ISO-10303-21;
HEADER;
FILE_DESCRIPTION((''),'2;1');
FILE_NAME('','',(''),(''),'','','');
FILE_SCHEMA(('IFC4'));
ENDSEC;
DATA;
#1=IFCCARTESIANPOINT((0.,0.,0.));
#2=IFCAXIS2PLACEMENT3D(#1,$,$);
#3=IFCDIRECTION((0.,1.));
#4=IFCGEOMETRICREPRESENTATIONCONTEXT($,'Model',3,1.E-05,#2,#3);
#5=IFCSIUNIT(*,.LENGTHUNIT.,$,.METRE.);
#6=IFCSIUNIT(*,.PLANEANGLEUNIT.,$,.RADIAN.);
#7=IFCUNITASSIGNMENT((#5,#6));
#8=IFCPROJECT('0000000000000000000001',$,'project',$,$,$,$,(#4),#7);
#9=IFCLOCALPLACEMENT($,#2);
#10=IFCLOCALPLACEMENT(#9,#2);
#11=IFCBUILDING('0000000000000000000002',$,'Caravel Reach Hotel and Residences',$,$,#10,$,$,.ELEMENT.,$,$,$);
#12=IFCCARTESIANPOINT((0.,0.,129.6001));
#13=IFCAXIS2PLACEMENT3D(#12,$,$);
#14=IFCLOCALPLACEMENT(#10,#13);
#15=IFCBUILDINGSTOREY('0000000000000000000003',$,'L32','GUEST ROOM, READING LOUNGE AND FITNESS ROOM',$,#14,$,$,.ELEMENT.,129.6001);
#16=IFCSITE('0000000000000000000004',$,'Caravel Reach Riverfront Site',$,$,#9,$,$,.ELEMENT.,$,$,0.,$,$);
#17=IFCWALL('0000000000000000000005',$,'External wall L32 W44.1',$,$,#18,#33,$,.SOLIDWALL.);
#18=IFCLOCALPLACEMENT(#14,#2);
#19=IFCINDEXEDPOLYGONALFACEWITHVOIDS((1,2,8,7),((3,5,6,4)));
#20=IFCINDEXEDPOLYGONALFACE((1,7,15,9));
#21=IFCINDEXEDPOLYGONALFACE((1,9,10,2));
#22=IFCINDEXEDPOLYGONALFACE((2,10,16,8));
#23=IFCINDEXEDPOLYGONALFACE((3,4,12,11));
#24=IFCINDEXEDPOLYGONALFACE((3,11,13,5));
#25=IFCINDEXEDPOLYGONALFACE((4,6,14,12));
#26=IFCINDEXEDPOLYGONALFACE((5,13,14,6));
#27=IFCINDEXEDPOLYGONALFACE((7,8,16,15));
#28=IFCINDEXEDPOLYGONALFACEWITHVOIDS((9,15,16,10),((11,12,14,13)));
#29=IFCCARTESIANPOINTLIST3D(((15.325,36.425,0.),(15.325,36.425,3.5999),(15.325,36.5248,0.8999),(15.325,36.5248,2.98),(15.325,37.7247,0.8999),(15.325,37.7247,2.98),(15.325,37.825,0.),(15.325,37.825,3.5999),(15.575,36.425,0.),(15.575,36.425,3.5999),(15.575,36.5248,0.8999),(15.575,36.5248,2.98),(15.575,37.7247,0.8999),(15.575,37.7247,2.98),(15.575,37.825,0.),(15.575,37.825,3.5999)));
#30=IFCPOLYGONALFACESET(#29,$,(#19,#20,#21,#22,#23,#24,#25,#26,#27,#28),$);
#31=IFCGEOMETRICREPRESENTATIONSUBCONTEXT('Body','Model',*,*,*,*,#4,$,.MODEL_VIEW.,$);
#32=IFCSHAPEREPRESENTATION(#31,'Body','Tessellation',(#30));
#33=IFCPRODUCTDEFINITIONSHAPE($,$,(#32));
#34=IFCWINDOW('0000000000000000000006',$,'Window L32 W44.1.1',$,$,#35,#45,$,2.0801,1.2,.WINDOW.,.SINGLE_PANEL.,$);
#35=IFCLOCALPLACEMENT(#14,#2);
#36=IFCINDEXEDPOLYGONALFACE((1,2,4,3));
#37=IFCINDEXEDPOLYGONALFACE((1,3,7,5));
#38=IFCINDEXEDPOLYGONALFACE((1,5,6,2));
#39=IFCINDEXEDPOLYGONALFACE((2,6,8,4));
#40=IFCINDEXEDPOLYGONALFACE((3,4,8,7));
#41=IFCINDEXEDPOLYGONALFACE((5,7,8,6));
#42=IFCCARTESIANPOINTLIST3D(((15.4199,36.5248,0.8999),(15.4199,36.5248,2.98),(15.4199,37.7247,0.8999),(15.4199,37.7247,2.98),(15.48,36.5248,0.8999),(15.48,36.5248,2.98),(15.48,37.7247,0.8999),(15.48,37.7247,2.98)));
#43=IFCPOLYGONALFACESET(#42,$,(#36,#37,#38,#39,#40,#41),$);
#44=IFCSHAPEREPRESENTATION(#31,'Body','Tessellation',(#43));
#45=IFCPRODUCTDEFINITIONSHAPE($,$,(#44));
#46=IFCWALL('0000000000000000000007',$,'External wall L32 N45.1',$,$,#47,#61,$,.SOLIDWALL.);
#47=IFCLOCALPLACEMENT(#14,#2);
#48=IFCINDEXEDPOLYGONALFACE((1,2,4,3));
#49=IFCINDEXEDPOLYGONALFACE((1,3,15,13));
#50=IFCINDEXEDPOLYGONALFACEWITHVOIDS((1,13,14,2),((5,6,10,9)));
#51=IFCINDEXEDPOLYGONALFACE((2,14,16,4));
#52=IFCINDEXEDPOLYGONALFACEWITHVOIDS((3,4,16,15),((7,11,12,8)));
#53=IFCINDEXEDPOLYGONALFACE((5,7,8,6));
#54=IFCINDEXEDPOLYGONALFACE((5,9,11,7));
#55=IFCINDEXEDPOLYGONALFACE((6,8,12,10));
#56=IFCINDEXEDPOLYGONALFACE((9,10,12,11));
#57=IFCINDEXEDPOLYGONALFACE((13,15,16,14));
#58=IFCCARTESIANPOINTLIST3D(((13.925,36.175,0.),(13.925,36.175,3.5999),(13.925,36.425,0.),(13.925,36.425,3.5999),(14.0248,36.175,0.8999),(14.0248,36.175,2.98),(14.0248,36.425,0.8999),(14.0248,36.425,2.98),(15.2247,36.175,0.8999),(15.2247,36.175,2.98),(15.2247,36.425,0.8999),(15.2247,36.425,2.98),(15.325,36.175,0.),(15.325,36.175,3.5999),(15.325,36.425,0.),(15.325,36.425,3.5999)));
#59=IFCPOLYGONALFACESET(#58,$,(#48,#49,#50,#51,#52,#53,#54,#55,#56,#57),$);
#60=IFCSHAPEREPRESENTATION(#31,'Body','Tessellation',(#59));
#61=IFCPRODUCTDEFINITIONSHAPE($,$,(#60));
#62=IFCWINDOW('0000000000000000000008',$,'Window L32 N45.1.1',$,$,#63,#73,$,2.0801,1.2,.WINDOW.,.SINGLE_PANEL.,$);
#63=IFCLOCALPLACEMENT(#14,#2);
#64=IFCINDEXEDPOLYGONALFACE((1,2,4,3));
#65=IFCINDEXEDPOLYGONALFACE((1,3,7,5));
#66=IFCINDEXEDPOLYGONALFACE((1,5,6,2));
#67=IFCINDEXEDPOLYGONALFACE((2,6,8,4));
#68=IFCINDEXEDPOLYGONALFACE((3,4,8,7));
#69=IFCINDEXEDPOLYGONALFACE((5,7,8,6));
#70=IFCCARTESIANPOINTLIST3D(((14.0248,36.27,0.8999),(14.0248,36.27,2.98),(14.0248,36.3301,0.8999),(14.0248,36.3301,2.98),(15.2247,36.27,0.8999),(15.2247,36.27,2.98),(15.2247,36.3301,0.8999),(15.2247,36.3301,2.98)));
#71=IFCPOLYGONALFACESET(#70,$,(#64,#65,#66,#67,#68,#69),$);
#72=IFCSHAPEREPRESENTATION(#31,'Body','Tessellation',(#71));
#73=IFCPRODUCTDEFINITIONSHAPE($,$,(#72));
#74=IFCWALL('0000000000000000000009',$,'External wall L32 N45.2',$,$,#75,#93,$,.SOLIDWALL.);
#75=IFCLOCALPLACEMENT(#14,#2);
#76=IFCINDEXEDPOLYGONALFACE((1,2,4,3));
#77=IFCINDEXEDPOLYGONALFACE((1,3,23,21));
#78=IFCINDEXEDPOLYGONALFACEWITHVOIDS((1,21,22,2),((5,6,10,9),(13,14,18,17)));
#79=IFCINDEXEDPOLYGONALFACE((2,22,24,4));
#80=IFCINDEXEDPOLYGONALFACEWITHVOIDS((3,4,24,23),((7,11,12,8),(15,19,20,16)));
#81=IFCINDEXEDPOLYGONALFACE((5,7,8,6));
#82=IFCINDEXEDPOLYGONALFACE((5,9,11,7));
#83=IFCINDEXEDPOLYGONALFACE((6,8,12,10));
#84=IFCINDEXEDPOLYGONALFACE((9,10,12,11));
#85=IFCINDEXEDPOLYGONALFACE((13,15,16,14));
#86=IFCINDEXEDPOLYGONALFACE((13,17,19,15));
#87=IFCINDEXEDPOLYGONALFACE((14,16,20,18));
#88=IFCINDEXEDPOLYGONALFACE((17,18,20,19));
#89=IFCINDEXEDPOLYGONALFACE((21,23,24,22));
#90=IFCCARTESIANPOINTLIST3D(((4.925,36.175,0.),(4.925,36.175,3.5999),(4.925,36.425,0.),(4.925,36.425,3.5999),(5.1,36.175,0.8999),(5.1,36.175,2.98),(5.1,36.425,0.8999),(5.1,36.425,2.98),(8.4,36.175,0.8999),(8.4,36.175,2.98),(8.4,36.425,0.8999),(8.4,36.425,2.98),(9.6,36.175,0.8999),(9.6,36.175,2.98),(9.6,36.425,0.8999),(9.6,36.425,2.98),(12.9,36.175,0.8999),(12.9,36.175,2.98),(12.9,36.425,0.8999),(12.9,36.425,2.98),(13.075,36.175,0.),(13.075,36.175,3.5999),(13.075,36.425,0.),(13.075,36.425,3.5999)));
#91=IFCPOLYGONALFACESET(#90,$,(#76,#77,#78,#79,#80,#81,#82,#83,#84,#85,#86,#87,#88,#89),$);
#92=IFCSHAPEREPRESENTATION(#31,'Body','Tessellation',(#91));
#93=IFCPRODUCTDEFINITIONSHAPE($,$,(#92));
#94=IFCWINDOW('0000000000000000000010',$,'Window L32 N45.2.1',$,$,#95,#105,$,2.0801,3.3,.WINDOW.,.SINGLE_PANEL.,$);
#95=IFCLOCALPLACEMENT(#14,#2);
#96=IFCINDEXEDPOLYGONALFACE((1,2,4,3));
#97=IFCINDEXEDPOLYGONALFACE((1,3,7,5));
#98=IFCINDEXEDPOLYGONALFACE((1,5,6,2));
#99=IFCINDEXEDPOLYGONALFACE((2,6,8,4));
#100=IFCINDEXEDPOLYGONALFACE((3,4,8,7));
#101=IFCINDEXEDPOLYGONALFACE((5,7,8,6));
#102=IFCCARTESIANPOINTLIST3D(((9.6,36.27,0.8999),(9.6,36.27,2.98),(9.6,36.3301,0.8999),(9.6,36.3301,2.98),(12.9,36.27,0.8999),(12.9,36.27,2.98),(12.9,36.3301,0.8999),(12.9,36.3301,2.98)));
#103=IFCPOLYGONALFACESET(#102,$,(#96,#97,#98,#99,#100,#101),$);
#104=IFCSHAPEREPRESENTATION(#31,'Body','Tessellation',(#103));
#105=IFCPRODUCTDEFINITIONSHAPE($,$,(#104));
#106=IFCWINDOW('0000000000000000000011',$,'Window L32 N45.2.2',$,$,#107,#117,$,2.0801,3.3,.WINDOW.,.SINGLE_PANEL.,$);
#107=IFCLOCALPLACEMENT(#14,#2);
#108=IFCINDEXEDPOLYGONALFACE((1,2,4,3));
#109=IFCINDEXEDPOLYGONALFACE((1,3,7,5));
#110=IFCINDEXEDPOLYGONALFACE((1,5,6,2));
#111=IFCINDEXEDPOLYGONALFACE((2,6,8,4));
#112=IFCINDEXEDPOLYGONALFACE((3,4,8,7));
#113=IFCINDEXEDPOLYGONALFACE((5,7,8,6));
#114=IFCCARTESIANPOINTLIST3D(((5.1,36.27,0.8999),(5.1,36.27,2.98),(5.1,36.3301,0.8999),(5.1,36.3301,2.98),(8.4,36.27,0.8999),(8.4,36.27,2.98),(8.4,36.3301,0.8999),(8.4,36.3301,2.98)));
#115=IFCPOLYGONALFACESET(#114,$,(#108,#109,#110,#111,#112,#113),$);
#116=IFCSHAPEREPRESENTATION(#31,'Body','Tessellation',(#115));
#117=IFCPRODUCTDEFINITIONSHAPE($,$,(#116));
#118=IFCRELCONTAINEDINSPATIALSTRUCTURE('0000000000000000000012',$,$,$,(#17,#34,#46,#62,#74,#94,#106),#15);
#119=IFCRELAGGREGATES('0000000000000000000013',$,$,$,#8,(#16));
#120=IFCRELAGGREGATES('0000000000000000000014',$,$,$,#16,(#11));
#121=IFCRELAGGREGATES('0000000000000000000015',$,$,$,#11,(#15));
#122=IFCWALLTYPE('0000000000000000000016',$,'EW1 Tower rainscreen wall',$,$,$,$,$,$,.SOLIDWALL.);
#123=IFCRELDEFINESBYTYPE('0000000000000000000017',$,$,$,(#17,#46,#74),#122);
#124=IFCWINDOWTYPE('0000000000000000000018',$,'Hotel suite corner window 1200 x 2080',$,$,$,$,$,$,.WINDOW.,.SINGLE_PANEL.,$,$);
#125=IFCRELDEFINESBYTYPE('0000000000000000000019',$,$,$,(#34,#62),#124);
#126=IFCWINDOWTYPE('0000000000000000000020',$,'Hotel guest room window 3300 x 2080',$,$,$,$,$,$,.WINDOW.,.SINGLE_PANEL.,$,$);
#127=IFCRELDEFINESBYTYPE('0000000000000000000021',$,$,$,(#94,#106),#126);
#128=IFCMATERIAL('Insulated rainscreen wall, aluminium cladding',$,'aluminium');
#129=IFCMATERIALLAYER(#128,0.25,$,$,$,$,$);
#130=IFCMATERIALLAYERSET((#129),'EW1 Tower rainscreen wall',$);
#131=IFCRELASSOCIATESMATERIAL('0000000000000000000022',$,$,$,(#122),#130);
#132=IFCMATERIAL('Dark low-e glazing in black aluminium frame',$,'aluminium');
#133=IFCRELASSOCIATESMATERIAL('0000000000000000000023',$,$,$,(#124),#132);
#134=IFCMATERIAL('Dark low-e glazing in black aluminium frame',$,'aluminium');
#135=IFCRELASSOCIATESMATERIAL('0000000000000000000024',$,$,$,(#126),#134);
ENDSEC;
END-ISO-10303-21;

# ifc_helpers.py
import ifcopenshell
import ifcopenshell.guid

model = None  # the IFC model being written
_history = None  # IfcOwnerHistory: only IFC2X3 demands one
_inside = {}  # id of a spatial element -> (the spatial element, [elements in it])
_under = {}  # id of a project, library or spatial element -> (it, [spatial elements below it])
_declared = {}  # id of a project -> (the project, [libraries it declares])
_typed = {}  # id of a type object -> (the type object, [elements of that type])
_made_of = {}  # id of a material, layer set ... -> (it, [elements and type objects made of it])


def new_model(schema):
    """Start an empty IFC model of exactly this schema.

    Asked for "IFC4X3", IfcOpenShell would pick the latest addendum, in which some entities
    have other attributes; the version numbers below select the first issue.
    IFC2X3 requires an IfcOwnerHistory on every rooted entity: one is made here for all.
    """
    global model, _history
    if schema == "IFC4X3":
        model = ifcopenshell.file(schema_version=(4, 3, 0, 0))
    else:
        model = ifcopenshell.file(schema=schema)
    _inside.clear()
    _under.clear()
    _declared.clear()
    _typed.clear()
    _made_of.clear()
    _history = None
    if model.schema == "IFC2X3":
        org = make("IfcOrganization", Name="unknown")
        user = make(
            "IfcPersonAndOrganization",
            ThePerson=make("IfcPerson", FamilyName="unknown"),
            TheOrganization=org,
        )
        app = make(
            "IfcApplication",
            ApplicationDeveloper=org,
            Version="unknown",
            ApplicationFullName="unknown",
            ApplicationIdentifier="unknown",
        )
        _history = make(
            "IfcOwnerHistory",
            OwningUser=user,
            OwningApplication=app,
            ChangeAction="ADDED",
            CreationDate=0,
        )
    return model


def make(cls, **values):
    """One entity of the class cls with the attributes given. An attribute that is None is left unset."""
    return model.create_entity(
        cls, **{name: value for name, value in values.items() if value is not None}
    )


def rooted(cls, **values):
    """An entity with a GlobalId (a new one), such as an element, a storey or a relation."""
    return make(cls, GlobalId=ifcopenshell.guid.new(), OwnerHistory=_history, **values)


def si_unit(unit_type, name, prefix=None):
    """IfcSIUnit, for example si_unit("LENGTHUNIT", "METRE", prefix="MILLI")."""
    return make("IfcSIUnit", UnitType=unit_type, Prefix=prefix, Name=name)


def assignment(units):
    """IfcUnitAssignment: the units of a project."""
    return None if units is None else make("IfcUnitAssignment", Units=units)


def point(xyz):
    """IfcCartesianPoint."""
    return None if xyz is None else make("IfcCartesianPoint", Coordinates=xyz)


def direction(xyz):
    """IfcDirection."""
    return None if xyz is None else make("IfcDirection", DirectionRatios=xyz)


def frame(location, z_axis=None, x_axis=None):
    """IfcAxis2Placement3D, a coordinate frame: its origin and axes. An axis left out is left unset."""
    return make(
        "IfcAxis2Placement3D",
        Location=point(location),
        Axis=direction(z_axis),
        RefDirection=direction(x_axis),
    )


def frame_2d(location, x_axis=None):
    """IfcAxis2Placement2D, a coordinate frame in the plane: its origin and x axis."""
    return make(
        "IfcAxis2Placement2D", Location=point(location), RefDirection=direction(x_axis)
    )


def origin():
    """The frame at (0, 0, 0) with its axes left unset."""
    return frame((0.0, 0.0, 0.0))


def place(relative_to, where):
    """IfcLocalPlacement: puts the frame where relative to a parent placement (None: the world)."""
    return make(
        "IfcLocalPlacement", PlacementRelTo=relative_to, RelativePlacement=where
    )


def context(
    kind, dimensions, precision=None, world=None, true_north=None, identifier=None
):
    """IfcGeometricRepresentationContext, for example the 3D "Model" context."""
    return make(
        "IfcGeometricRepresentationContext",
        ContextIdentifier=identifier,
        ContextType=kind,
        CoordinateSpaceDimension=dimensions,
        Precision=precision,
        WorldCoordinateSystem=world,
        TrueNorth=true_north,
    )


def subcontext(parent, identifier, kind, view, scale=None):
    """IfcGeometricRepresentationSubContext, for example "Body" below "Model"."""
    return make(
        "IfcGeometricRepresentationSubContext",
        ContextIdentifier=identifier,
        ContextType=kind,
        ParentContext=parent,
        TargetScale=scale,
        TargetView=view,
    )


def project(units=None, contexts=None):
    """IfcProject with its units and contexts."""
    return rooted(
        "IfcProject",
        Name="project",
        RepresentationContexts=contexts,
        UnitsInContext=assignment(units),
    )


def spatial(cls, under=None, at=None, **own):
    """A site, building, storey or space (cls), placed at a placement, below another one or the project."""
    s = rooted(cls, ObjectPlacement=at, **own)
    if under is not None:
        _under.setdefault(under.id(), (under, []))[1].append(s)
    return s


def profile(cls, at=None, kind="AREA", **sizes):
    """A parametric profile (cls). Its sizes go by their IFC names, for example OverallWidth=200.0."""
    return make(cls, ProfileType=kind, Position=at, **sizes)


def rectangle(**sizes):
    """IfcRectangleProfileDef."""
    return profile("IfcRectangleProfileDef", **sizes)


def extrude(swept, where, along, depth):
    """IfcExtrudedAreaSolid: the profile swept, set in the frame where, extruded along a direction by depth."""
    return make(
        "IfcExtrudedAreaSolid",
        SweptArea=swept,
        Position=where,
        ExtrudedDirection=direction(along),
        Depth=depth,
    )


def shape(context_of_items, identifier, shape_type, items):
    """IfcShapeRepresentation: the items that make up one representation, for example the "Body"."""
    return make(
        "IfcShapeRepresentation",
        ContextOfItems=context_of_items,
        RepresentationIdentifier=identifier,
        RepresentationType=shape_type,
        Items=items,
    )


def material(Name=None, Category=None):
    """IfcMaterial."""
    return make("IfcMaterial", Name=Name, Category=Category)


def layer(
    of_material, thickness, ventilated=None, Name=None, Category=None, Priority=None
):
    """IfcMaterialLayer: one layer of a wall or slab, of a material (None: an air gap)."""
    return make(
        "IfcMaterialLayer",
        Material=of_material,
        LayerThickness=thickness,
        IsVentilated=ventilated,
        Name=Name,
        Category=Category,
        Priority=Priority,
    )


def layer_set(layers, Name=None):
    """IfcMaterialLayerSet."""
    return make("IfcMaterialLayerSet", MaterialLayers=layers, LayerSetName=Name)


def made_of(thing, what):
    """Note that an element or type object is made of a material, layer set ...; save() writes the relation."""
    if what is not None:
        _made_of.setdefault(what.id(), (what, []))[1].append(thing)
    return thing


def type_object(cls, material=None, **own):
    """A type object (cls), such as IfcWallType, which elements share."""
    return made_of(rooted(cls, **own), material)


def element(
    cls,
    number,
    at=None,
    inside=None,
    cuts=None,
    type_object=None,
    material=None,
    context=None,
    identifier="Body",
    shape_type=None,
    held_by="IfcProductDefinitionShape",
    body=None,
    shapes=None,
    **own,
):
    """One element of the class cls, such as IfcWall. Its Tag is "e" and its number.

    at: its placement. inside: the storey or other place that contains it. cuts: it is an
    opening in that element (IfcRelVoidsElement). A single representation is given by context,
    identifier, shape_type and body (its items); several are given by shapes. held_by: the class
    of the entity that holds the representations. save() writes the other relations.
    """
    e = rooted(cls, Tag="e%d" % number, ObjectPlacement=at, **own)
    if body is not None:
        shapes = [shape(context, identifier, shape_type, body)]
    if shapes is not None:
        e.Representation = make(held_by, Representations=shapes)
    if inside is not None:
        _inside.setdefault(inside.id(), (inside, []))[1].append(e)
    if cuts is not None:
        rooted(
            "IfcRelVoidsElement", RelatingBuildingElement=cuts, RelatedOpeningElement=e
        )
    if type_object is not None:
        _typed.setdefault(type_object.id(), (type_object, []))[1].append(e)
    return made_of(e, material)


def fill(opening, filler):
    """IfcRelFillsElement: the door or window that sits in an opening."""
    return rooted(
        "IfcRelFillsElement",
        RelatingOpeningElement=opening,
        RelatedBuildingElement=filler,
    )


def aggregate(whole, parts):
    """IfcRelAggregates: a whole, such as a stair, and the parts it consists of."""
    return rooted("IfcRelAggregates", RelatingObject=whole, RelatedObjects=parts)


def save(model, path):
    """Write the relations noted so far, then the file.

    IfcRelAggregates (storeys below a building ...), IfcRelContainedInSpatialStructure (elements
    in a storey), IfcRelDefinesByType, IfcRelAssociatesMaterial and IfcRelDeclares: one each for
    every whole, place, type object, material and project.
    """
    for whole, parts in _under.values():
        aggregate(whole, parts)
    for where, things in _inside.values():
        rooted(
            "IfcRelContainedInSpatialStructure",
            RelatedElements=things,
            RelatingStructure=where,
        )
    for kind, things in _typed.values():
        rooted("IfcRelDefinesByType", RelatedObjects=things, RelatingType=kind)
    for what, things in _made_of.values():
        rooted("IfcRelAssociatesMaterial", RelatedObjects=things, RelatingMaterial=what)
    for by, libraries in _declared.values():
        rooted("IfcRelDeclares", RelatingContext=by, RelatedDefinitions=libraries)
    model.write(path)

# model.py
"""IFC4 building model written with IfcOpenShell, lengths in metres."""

from ifc_helpers import new_model, si_unit, direction, frame, frame_2d, origin, place, context, subcontext, project, spatial, rectangle, extrude, material, layer, layer_set, type_object, element, fill, save


model = new_model("IFC4")

# Units and contexts
model_context = context("Model", 3, precision=1e-05, world=origin(), true_north=direction((0.0, 1.0)))
body_context = subcontext(model_context, "Body", "Model", "MODEL_VIEW")
ifc_project = project(units=[si_unit("LENGTHUNIT", "METRE"), si_unit("PLANEANGLEUNIT", "RADIAN")], contexts=[model_context])

# Site, building, storey
site_placement = place(None, origin())
site = spatial("IfcSite", under=ifc_project, at=site_placement, Name="Caravel Reach Riverfront Site", CompositionType="ELEMENT", RefElevation=0.0)
building_placement = place(site_placement, origin())
building = spatial("IfcBuilding", under=site, at=building_placement, Name="Caravel Reach Hotel and Residences", CompositionType="ELEMENT")
storey_placement = place(building_placement, frame((0.0, 0.0, 129.6001)))
storey = spatial("IfcBuildingStorey", under=building, at=storey_placement, Name="L32", Description="GUEST ROOM, READING LOUNGE AND FITNESS ROOM", CompositionType="ELEMENT", Elevation=129.6001)

# Walls, openings, windows
ifc_material_1 = material(Name="Insulated rainscreen wall, aluminium cladding", Category="aluminium")
ifc_layer = layer(ifc_material_1, 0.25)
ifc_layer_set = layer_set([ifc_layer], Name="EW1 Tower rainscreen wall")
wall_type = type_object("IfcWallType", Name="EW1 Tower rainscreen wall", PredefinedType="SOLIDWALL", material=ifc_layer_set)
ifc_material_2 = material(Name="Dark low-e glazing in black aluminium frame", Category="aluminium")
window_type_1 = type_object("IfcWindowType", Name="Hotel suite corner window 1200 x 2080", PartitioningType="SINGLE_PANEL", PredefinedType="WINDOW", material=ifc_material_2)
wall_1_placement = place(storey_placement, frame((15.45, 37.825, 0.0), z_axis=(0.0, 0.0, 1.0), x_axis=(0.0, -1.0, 0.0)))
wall_1 = element("IfcWall", 1, at=wall_1_placement, inside=storey, type_object=wall_type, Name="External wall L32 W44.1", PredefinedType="SOLIDWALL", context=body_context, shape_type="SweptSolid", body=[
    extrude(rectangle(XDim=1.3999, YDim=0.25, at=frame_2d((0.7, 0.0))), origin(), (0.0, 0.0, 1.0), 3.5999),
])
opening_1_placement = place(wall_1_placement, frame((0.1001, 0.0, 0.8999)))
opening_1 = element("IfcOpeningElement", 2, at=opening_1_placement, cuts=wall_1, PredefinedType="OPENING", context=body_context, shape_type="SweptSolid", body=[
    extrude(rectangle(XDim=1.2, YDim=2.0801, at=frame_2d((0.6001, 1.04))), frame((0.0, 0.135, 0.0), z_axis=(0.0, -1.0, 0.0), x_axis=(1.0, 0.0, 0.0)), (0.0, 0.0, 1.0), 0.27),
])
window_1_placement = place(opening_1_placement, origin())
window_1 = element("IfcWindow", 3, at=window_1_placement, inside=storey, type_object=window_type_1, Name="Window L32 W44.1.1", OverallHeight=2.0801, OverallWidth=1.2, PartitioningType="SINGLE_PANEL", PredefinedType="WINDOW", context=body_context, shape_type="SweptSolid", body=[
    extrude(rectangle(XDim=1.2, YDim=2.0801, at=frame_2d((0.6001, 1.04))), frame((0.0, 0.03, 0.0), z_axis=(0.0, -1.0, 0.0), x_axis=(1.0, 0.0, 0.0)), (0.0, 0.0, 1.0), 0.0601),
])
fill(opening_1, window_1)
wall_2_placement = place(storey_placement, frame((15.325, 36.3, 0.0), z_axis=(0.0, 0.0, 1.0), x_axis=(-1.0, 0.0, 0.0)))
wall_2 = element("IfcWall", 4, at=wall_2_placement, inside=storey, type_object=wall_type, Name="External wall L32 N45.1", PredefinedType="SOLIDWALL", context=body_context, shape_type="SweptSolid", body=[
    extrude(rectangle(XDim=1.3999, YDim=0.25, at=frame_2d((0.7, 0.0))), origin(), (0.0, 0.0, 1.0), 3.5999),
])
opening_2_placement = place(wall_2_placement, frame((0.1001, 0.0, 0.8999)))
opening_2 = element("IfcOpeningElement", 5, at=opening_2_placement, cuts=wall_2, PredefinedType="OPENING", context=body_context, shape_type="SweptSolid", body=[
    extrude(rectangle(XDim=1.2, YDim=2.0801, at=frame_2d((0.6001, 1.04))), frame((0.0, 0.135, 0.0), z_axis=(0.0, -1.0, 0.0), x_axis=(1.0, 0.0, 0.0)), (0.0, 0.0, 1.0), 0.27),
])
window_2_placement = place(opening_2_placement, origin())
window_2 = element("IfcWindow", 6, at=window_2_placement, inside=storey, type_object=window_type_1, Name="Window L32 N45.1.1", OverallHeight=2.0801, OverallWidth=1.2, PartitioningType="SINGLE_PANEL", PredefinedType="WINDOW", context=body_context, shape_type="SweptSolid", body=[
    extrude(rectangle(XDim=1.2, YDim=2.0801, at=frame_2d((0.6001, 1.04))), frame((0.0, 0.03, 0.0), z_axis=(0.0, -1.0, 0.0), x_axis=(1.0, 0.0, 0.0)), (0.0, 0.0, 1.0), 0.0601),
])
fill(opening_2, window_2)

# Wall, openings, windows
wall_3_placement = place(storey_placement, frame((13.075, 36.3, 0.0), z_axis=(0.0, 0.0, 1.0), x_axis=(-1.0, 0.0, 0.0)))
wall_3 = element("IfcWall", 7, at=wall_3_placement, inside=storey, type_object=wall_type, Name="External wall L32 N45.2", PredefinedType="SOLIDWALL", context=body_context, shape_type="SweptSolid", body=[
    extrude(rectangle(XDim=8.1499, YDim=0.25, at=frame_2d((4.075, 0.0))), origin(), (0.0, 0.0, 1.0), 3.5999),
])
opening_3_placement = place(wall_3_placement, frame((0.175, 0.0, 0.8999)))
opening_3 = element("IfcOpeningElement", 8, at=opening_3_placement, cuts=wall_3, PredefinedType="OPENING", context=body_context, shape_type="SweptSolid", body=[
    extrude(rectangle(XDim=3.3, YDim=2.0801, at=frame_2d((1.6499, 1.04))), frame((0.0, 0.135, 0.0), z_axis=(0.0, -1.0, 0.0), x_axis=(1.0, 0.0, 0.0)), (0.0, 0.0, 1.0), 0.27),
])
opening_4_placement = place(wall_3_placement, frame((4.675, 0.0, 0.8999)))
opening_4 = element("IfcOpeningElement", 9, at=opening_4_placement, cuts=wall_3, PredefinedType="OPENING", context=body_context, shape_type="SweptSolid", body=[
    extrude(rectangle(XDim=3.3, YDim=2.0801, at=frame_2d((1.6499, 1.04))), frame((0.0, 0.135, 0.0), z_axis=(0.0, -1.0, 0.0), x_axis=(1.0, 0.0, 0.0)), (0.0, 0.0, 1.0), 0.27),
])
ifc_material_3 = material(Name="Dark low-e glazing in black aluminium frame", Category="aluminium")
window_type_2 = type_object("IfcWindowType", Name="Hotel guest room window 3300 x 2080", PartitioningType="SINGLE_PANEL", PredefinedType="WINDOW", material=ifc_material_3)
window_3_placement = place(opening_3_placement, origin())
window_3 = element("IfcWindow", 10, at=window_3_placement, inside=storey, type_object=window_type_2, Name="Window L32 N45.2.1", OverallHeight=2.0801, OverallWidth=3.3, PartitioningType="SINGLE_PANEL", PredefinedType="WINDOW", context=body_context, shape_type="SweptSolid", body=[
    extrude(rectangle(XDim=3.3, YDim=2.0801, at=frame_2d((1.6499, 1.04))), frame((0.0, 0.03, 0.0), z_axis=(0.0, -1.0, 0.0), x_axis=(1.0, 0.0, 0.0)), (0.0, 0.0, 1.0), 0.0601),
])
fill(opening_3, window_3)
window_4_placement = place(opening_4_placement, origin())
window_4 = element("IfcWindow", 11, at=window_4_placement, inside=storey, type_object=window_type_2, Name="Window L32 N45.2.2", OverallHeight=2.0801, OverallWidth=3.3, PartitioningType="SINGLE_PANEL", PredefinedType="WINDOW", context=body_context, shape_type="SweptSolid", body=[
    extrude(rectangle(XDim=3.3, YDim=2.0801, at=frame_2d((1.6499, 1.04))), frame((0.0, 0.03, 0.0), z_axis=(0.0, -1.0, 0.0), x_axis=(1.0, 0.0, 0.0)), (0.0, 0.0, 1.0), 0.0601),
])
fill(opening_4, window_4)

save(model, "model.ifc")
